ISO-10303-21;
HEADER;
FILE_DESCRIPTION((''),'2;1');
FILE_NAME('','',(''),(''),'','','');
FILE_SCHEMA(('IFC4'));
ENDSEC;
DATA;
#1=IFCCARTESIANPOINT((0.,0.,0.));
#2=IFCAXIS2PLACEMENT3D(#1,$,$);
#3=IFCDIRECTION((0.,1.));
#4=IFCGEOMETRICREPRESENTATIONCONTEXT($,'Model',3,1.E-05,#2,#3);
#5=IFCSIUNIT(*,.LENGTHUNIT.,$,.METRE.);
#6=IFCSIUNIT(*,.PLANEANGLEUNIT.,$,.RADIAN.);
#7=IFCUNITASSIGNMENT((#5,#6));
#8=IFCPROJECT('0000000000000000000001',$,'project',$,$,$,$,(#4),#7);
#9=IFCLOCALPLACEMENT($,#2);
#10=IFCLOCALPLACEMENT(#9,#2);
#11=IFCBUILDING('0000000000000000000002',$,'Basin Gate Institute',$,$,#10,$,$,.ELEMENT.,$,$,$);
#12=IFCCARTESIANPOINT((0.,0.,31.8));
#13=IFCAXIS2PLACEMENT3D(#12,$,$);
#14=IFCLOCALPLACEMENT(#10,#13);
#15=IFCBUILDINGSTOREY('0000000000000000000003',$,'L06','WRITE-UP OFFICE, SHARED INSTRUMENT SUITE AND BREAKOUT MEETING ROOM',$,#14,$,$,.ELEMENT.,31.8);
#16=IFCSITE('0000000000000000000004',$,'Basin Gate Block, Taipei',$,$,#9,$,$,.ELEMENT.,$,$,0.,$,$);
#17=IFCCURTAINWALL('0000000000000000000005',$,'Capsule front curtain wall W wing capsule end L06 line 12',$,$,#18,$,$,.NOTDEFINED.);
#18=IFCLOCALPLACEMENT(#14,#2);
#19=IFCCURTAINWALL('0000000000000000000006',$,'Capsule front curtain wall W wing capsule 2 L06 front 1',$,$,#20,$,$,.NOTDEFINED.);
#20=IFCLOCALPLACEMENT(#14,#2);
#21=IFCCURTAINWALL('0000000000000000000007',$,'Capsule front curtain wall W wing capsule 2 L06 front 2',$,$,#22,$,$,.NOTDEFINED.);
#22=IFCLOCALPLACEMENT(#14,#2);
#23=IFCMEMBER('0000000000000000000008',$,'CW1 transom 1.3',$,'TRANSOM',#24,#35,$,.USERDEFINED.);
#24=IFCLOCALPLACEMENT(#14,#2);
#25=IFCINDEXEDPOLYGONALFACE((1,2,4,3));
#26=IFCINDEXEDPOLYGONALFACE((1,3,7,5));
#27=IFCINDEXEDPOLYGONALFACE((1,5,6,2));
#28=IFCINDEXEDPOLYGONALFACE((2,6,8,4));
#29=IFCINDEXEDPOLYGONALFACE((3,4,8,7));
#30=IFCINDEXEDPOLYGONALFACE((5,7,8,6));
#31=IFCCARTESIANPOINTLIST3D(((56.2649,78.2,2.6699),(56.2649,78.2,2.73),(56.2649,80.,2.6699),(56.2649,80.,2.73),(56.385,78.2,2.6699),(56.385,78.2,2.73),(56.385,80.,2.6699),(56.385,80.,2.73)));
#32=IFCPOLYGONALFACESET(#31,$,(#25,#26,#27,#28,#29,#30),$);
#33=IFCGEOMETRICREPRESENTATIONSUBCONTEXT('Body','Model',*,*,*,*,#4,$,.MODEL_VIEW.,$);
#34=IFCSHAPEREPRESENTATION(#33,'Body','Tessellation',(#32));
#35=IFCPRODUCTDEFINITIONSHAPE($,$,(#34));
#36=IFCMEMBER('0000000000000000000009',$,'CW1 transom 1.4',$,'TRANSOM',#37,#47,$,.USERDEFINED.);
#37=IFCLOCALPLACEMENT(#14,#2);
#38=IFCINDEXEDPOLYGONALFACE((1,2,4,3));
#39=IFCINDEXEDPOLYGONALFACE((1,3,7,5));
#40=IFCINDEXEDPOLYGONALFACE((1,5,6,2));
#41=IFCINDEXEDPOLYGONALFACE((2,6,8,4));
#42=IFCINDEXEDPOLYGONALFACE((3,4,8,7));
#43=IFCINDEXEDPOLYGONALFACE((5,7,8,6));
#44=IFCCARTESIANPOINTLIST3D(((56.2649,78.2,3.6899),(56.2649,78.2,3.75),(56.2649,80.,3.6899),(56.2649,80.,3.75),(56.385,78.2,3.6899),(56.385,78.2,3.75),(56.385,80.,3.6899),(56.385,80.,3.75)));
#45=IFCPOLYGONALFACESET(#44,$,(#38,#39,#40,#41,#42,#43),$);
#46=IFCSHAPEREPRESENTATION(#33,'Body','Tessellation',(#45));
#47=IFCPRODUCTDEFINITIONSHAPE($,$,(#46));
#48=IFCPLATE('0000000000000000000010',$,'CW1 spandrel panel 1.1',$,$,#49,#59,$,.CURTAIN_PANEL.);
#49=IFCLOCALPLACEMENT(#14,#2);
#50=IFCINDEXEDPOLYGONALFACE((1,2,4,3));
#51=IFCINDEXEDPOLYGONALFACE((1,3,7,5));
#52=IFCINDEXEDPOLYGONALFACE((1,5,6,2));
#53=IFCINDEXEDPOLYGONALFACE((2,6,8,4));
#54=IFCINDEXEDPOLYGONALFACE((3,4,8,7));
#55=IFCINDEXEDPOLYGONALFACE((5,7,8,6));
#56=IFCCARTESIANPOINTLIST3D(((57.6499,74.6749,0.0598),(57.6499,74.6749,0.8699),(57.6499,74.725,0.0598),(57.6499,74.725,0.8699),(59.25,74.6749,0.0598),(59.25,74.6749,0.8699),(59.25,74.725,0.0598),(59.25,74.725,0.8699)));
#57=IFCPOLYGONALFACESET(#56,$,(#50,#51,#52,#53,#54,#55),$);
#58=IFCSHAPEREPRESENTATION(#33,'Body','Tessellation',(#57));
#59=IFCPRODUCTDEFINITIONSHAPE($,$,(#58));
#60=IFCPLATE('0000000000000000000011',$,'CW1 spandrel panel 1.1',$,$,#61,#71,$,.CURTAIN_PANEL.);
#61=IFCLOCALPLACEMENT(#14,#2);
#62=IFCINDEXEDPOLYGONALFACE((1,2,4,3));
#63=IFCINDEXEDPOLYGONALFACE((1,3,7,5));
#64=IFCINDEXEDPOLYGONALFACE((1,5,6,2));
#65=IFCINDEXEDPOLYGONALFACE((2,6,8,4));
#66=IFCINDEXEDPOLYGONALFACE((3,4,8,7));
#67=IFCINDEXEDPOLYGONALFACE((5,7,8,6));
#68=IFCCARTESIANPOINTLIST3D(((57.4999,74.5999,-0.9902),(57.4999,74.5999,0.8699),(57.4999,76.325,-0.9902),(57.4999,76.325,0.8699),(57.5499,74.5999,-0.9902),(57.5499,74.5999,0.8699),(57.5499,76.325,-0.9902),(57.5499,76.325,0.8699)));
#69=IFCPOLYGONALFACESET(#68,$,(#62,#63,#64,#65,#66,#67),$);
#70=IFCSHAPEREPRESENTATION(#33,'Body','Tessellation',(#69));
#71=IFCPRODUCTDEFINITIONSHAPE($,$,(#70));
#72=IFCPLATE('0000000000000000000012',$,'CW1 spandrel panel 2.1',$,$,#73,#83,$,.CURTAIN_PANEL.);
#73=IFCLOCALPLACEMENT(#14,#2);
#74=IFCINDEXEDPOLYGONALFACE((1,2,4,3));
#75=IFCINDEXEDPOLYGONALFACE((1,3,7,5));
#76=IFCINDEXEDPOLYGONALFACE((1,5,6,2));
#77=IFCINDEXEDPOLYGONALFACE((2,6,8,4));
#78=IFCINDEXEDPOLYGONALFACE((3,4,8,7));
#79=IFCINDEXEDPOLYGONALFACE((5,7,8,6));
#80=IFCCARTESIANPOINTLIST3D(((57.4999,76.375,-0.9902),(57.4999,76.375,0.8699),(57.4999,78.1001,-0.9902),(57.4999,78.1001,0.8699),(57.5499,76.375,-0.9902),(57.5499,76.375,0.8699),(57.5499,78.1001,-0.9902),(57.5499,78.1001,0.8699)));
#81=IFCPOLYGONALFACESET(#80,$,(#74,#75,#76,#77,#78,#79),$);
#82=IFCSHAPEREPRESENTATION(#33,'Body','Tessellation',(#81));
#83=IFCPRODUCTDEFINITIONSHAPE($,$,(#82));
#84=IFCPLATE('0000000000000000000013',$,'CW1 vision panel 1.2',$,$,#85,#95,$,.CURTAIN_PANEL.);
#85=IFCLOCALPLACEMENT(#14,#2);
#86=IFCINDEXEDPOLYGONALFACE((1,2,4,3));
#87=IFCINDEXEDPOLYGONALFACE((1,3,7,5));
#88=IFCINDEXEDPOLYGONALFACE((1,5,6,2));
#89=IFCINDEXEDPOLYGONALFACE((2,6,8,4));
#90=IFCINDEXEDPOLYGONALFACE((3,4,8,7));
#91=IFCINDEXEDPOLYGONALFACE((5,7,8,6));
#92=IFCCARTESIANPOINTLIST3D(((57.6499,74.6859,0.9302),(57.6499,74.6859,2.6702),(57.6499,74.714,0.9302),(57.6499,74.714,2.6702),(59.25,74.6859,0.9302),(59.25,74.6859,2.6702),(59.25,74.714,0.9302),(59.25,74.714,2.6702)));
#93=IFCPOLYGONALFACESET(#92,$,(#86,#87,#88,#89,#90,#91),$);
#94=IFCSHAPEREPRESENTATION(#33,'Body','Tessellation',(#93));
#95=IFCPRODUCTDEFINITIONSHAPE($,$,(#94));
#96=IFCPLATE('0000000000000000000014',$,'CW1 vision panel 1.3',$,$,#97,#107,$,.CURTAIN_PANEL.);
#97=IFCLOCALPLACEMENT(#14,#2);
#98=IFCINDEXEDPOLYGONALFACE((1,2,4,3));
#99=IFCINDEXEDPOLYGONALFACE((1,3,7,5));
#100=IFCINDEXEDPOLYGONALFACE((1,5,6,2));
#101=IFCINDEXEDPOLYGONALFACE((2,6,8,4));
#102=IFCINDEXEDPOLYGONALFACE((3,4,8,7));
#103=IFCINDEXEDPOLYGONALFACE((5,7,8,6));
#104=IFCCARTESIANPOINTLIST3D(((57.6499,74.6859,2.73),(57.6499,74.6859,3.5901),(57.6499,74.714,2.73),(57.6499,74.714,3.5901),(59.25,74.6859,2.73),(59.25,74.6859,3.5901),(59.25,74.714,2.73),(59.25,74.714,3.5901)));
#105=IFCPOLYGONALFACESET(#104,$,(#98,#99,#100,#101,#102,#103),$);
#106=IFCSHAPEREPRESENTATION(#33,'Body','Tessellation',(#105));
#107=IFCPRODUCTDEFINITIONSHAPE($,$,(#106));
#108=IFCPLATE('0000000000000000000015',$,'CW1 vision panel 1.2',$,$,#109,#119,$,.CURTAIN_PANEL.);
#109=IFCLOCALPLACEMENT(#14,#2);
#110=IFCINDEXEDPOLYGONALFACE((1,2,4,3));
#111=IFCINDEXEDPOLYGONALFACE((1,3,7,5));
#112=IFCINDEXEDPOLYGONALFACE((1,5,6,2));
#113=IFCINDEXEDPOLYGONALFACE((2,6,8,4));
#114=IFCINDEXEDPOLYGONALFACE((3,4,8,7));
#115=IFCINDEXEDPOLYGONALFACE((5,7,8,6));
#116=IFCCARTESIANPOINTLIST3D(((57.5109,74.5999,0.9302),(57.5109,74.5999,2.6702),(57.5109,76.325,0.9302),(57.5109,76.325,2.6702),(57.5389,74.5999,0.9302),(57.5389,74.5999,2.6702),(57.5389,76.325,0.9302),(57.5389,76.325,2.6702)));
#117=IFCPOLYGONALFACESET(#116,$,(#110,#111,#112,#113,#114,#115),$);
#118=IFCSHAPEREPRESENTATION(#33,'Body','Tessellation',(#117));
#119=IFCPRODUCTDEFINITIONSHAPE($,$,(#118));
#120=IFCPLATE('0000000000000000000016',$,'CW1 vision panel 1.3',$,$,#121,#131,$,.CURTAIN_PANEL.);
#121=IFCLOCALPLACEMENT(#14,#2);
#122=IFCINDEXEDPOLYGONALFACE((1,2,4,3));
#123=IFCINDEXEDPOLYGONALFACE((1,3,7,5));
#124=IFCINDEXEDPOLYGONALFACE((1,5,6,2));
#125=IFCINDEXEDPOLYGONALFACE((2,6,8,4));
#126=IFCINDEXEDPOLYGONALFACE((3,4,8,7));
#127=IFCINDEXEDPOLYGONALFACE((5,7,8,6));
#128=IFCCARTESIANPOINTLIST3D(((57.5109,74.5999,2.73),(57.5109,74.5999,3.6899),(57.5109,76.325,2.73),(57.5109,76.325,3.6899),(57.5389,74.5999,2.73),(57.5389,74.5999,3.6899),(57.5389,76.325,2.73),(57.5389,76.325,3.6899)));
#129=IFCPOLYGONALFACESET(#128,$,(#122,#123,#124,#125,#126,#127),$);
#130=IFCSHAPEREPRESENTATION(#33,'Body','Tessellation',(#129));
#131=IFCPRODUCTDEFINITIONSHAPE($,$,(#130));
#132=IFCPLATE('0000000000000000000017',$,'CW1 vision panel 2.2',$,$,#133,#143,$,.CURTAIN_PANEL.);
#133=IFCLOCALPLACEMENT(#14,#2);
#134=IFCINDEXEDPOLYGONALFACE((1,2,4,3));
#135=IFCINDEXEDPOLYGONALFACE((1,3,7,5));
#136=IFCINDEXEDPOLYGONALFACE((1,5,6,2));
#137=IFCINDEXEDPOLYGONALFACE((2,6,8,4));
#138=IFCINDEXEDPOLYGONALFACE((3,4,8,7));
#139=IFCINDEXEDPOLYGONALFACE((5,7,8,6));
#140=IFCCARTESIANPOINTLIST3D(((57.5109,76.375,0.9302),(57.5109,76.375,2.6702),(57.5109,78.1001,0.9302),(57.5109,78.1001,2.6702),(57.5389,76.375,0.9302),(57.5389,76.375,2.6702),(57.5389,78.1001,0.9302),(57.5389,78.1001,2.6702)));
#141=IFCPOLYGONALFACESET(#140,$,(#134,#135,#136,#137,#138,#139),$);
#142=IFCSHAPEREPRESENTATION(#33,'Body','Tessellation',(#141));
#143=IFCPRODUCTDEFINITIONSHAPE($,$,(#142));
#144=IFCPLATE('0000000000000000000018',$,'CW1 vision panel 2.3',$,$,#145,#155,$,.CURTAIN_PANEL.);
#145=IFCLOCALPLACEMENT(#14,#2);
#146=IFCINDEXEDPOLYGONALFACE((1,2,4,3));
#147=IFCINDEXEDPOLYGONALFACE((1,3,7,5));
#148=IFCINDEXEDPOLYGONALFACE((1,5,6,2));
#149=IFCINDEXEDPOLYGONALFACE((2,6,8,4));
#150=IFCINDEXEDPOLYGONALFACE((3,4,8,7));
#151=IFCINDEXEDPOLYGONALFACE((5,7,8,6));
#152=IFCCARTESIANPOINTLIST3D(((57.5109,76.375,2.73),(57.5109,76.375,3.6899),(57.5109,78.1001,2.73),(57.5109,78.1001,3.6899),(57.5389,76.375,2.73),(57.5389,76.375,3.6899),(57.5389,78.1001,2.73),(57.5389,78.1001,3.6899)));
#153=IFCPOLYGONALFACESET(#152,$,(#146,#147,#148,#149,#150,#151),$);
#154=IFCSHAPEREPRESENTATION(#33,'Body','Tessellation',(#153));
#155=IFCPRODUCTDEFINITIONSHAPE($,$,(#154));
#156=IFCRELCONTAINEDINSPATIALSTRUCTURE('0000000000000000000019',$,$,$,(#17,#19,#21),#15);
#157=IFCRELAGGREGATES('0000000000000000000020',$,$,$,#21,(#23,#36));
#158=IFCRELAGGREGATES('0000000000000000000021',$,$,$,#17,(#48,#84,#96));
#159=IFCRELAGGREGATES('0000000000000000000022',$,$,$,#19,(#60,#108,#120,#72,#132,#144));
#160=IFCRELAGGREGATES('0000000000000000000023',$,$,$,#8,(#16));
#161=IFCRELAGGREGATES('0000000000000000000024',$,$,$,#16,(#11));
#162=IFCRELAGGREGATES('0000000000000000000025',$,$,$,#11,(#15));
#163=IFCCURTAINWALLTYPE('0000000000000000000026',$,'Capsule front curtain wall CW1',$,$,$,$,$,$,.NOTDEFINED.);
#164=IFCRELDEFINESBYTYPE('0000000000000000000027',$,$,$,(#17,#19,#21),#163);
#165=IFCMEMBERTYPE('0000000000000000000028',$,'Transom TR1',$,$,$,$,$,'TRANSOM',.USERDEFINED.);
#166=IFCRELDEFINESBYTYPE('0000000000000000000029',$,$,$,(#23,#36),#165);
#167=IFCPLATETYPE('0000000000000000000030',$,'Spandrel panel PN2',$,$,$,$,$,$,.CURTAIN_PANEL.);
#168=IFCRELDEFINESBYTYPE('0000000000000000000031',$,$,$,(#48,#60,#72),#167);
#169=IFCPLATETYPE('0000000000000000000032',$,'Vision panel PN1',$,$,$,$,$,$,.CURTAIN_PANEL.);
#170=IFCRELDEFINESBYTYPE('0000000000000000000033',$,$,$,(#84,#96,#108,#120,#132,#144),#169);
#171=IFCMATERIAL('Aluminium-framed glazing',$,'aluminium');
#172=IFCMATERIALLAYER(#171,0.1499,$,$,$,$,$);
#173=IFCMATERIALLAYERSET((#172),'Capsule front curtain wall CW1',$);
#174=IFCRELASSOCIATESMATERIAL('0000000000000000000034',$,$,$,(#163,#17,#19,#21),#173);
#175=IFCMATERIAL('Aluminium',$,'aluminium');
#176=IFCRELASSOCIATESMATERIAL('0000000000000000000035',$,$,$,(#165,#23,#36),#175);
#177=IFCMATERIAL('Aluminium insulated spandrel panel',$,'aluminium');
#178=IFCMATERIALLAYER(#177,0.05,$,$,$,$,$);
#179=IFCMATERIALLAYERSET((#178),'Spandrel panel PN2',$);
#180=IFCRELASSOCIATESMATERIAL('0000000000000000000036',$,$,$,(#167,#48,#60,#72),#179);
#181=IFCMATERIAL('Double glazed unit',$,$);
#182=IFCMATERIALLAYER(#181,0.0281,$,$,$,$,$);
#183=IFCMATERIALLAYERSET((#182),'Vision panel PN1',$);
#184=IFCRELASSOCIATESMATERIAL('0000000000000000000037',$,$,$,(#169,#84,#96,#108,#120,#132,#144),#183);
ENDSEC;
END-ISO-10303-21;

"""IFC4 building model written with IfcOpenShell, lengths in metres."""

from ifc_helpers import new_model, si_unit, direction, frame, origin, origin_2d, place, context, subcontext, project, spatial, rectangle, extrude, material, layer, layer_set, material_profile, profile_set, type_object, element, aggregate, save


model = new_model("IFC4")

# Units and contexts
model_context = context("Model", 3, precision=1e-05, world=origin(), true_north=direction((0.0, 1.0)))
body_context = subcontext(model_context, "Body", "Model", "MODEL_VIEW")
ifc_project = project(units=[si_unit("LENGTHUNIT", "METRE"), si_unit("PLANEANGLEUNIT", "RADIAN")], contexts=[model_context])

# Site, building, storey
site_placement = place(None, origin())
site = spatial("IfcSite", under=ifc_project, at=site_placement, Name="Basin Gate Block, Taipei", CompositionType="ELEMENT", RefElevation=0.0)
building_placement = place(site_placement, origin())
building = spatial("IfcBuilding", under=site, at=building_placement, Name="Basin Gate Institute", CompositionType="ELEMENT")
storey_placement = place(building_placement, frame((0.0, 0.0, 31.8)))
storey = spatial("IfcBuildingStorey", under=building, at=storey_placement, Name="L06", Description="WRITE-UP OFFICE, SHARED INSTRUMENT SUITE AND BREAKOUT MEETING ROOM", CompositionType="ELEMENT", Elevation=31.8)

# Curtain wall
ifc_material_1 = material(Name="Aluminium-framed glazing", Category="aluminium")
ifc_layer_1 = layer(ifc_material_1, 0.1499)
ifc_layer_set_1 = layer_set([ifc_layer_1], Name="Capsule front curtain wall CW1")
curtain_wall_type = type_object("IfcCurtainWallType", Name="Capsule front curtain wall CW1", PredefinedType="NOTDEFINED", material=ifc_layer_set_1)
curtain_wall_1_placement = place(storey_placement, origin())
curtain_wall_1 = element("IfcCurtainWall", 1, at=curtain_wall_1_placement, inside=storey, type_object=curtain_wall_type, material=ifc_layer_set_1, Name="Capsule front curtain wall W wing capsule end L06 line 12", PredefinedType="NOTDEFINED")

# Curtain wall
curtain_wall_2_placement = place(storey_placement, origin())
curtain_wall_2 = element("IfcCurtainWall", 2, at=curtain_wall_2_placement, inside=storey, type_object=curtain_wall_type, material=ifc_layer_set_1, Name="Capsule front curtain wall W wing capsule 2 L06 front 1", PredefinedType="NOTDEFINED")

# Curtain wall
curtain_wall_3_placement = place(storey_placement, origin())
curtain_wall_3 = element("IfcCurtainWall", 3, at=curtain_wall_3_placement, inside=storey, type_object=curtain_wall_type, material=ifc_layer_set_1, Name="Capsule front curtain wall W wing capsule 2 L06 front 2", PredefinedType="NOTDEFINED")

# Members
ifc_material_2 = material(Name="Aluminium", Category="aluminium")
ifc_material_profile_1 = material_profile(ifc_material_2, rectangle(XDim=0.1201, YDim=0.0601, at=origin_2d()), Name="Transom TR1 120 x 60")
ifc_profile_set_1 = profile_set([ifc_material_profile_1], Name="Aluminium")
member_type_1 = type_object("IfcMemberType", Name="Transom TR1", ElementType="TRANSOM", PredefinedType="USERDEFINED", material=ifc_profile_set_1)
member_1_placement = place(storey_placement, frame((56.325, 78.2, 2.7), z_axis=(0.0, 1.0, 0.0), x_axis=(-1.0, 0.0, 0.0)))
member_1 = element("IfcMember", 4, at=member_1_placement, type_object=member_type_1, material=ifc_profile_set_1, Name="CW1 transom 1.3", ObjectType="TRANSOM", PredefinedType="USERDEFINED", context=body_context, shape_type="SweptSolid", body=[
    extrude(rectangle(XDim=0.1201, YDim=0.0601, at=origin_2d()), origin(), (0.0, 0.0, 1.0), 1.8),
])
member_2_placement = place(storey_placement, frame((56.325, 78.2, 3.72), z_axis=(0.0, 1.0, 0.0), x_axis=(-1.0, 0.0, 0.0)))
member_2 = element("IfcMember", 5, at=member_2_placement, type_object=member_type_1, material=ifc_profile_set_1, Name="CW1 transom 1.4", ObjectType="TRANSOM", PredefinedType="USERDEFINED", context=body_context, shape_type="SweptSolid", body=[
    extrude(rectangle(XDim=0.1201, YDim=0.0601, at=origin_2d()), origin(), (0.0, 0.0, 1.0), 1.8),
])
aggregate(curtain_wall_3, [member_1, member_2])

# Plates
ifc_material_3 = material(Name="Aluminium insulated spandrel panel", Category="aluminium")
ifc_layer_2 = layer(ifc_material_3, 0.05)
ifc_layer_set_2 = layer_set([ifc_layer_2], Name="Spandrel panel PN2")
plate_type_1 = type_object("IfcPlateType", Name="Spandrel panel PN2", PredefinedType="CURTAIN_PANEL", material=ifc_layer_set_2)
plate_1_placement = place(storey_placement, frame((58.45, 74.7, 0.0598), z_axis=(0.0, 0.0, 1.0), x_axis=(1.0, 0.0, 0.0)))
plate_1 = element("IfcPlate", 6, at=plate_1_placement, type_object=plate_type_1, material=ifc_layer_set_2, Name="CW1 spandrel panel 1.1", PredefinedType="CURTAIN_PANEL", context=body_context, shape_type="SweptSolid", body=[
    extrude(rectangle(XDim=1.6001, YDim=0.05, at=origin_2d()), origin(), (0.0, 0.0, 1.0), 0.8101),
])
plate_2_placement = place(storey_placement, frame((57.5249, 75.4624, -0.9902), z_axis=(0.0, 0.0, 1.0), x_axis=(0.0, 1.0, 0.0)))
plate_2 = element("IfcPlate", 7, at=plate_2_placement, type_object=plate_type_1, material=ifc_layer_set_2, Name="CW1 spandrel panel 1.1", PredefinedType="CURTAIN_PANEL", context=body_context, shape_type="SweptSolid", body=[
    extrude(rectangle(XDim=1.7251, YDim=0.05, at=origin_2d()), origin(), (0.0, 0.0, 1.0), 1.8601),
])
plate_3_placement = place(storey_placement, frame((57.5249, 77.2375, -0.9902), z_axis=(0.0, 0.0, 1.0), x_axis=(0.0, 1.0, 0.0)))
plate_3 = element("IfcPlate", 8, at=plate_3_placement, type_object=plate_type_1, material=ifc_layer_set_2, Name="CW1 spandrel panel 2.1", PredefinedType="CURTAIN_PANEL", context=body_context, shape_type="SweptSolid", body=[
    extrude(rectangle(XDim=1.7251, YDim=0.05, at=origin_2d()), origin(), (0.0, 0.0, 1.0), 1.8601),
])
ifc_material_4 = material(Name="Double glazed unit")
ifc_layer_3 = layer(ifc_material_4, 0.0281)
ifc_layer_set_3 = layer_set([ifc_layer_3], Name="Vision panel PN1")
plate_type_2 = type_object("IfcPlateType", Name="Vision panel PN1", PredefinedType="CURTAIN_PANEL", material=ifc_layer_set_3)
plate_4_placement = place(storey_placement, frame((58.45, 74.7, 0.9302), z_axis=(0.0, 0.0, 1.0), x_axis=(1.0, 0.0, 0.0)))
plate_4 = element("IfcPlate", 9, at=plate_4_placement, type_object=plate_type_2, material=ifc_layer_set_3, Name="CW1 vision panel 1.2", PredefinedType="CURTAIN_PANEL", context=body_context, shape_type="SweptSolid", body=[
    extrude(rectangle(XDim=1.6001, YDim=0.0281, at=origin_2d()), origin(), (0.0, 0.0, 1.0), 1.74),
])
plate_5_placement = place(storey_placement, frame((58.45, 74.7, 2.73), z_axis=(0.0, 0.0, 1.0), x_axis=(1.0, 0.0, 0.0)))
plate_5 = element("IfcPlate", 10, at=plate_5_placement, type_object=plate_type_2, material=ifc_layer_set_3, Name="CW1 vision panel 1.3", PredefinedType="CURTAIN_PANEL", context=body_context, shape_type="SweptSolid", body=[
    extrude(rectangle(XDim=1.6001, YDim=0.0281, at=origin_2d()), origin(), (0.0, 0.0, 1.0), 0.8601),
])
aggregate(curtain_wall_1, [plate_1, plate_4, plate_5])
plate_6_placement = place(storey_placement, frame((57.5249, 75.4624, 0.9302), z_axis=(0.0, 0.0, 1.0), x_axis=(0.0, 1.0, 0.0)))
plate_6 = element("IfcPlate", 11, at=plate_6_placement, type_object=plate_type_2, material=ifc_layer_set_3, Name="CW1 vision panel 1.2", PredefinedType="CURTAIN_PANEL", context=body_context, shape_type="SweptSolid", body=[
    extrude(rectangle(XDim=1.7251, YDim=0.0281, at=origin_2d()), origin(), (0.0, 0.0, 1.0), 1.74),
])
plate_7_placement = place(storey_placement, frame((57.5249, 75.4624, 2.73), z_axis=(0.0, 0.0, 1.0), x_axis=(0.0, 1.0, 0.0)))
plate_7 = element("IfcPlate", 12, at=plate_7_placement, type_object=plate_type_2, material=ifc_layer_set_3, Name="CW1 vision panel 1.3", PredefinedType="CURTAIN_PANEL", context=body_context, shape_type="SweptSolid", body=[
    extrude(rectangle(XDim=1.7251, YDim=0.0281, at=origin_2d()), origin(), (0.0, 0.0, 1.0), 0.96),
])
plate_8_placement = place(storey_placement, frame((57.5249, 77.2375, 0.9302), z_axis=(0.0, 0.0, 1.0), x_axis=(0.0, 1.0, 0.0)))
plate_8 = element("IfcPlate", 13, at=plate_8_placement, type_object=plate_type_2, material=ifc_layer_set_3, Name="CW1 vision panel 2.2", PredefinedType="CURTAIN_PANEL", context=body_context, shape_type="SweptSolid", body=[
    extrude(rectangle(XDim=1.7251, YDim=0.0281, at=origin_2d()), origin(), (0.0, 0.0, 1.0), 1.74),
])
plate_9_placement = place(storey_placement, frame((57.5249, 77.2375, 2.73), z_axis=(0.0, 0.0, 1.0), x_axis=(0.0, 1.0, 0.0)))
plate_9 = element("IfcPlate", 14, at=plate_9_placement, type_object=plate_type_2, material=ifc_layer_set_3, Name="CW1 vision panel 2.3", PredefinedType="CURTAIN_PANEL", context=body_context, shape_type="SweptSolid", body=[
    extrude(rectangle(XDim=1.7251, YDim=0.0281, at=origin_2d()), origin(), (0.0, 0.0, 1.0), 0.96),
])
aggregate(curtain_wall_2, [plate_2, plate_6, plate_7, plate_3, plate_8, plate_9])

save(model, "model.ifc")
